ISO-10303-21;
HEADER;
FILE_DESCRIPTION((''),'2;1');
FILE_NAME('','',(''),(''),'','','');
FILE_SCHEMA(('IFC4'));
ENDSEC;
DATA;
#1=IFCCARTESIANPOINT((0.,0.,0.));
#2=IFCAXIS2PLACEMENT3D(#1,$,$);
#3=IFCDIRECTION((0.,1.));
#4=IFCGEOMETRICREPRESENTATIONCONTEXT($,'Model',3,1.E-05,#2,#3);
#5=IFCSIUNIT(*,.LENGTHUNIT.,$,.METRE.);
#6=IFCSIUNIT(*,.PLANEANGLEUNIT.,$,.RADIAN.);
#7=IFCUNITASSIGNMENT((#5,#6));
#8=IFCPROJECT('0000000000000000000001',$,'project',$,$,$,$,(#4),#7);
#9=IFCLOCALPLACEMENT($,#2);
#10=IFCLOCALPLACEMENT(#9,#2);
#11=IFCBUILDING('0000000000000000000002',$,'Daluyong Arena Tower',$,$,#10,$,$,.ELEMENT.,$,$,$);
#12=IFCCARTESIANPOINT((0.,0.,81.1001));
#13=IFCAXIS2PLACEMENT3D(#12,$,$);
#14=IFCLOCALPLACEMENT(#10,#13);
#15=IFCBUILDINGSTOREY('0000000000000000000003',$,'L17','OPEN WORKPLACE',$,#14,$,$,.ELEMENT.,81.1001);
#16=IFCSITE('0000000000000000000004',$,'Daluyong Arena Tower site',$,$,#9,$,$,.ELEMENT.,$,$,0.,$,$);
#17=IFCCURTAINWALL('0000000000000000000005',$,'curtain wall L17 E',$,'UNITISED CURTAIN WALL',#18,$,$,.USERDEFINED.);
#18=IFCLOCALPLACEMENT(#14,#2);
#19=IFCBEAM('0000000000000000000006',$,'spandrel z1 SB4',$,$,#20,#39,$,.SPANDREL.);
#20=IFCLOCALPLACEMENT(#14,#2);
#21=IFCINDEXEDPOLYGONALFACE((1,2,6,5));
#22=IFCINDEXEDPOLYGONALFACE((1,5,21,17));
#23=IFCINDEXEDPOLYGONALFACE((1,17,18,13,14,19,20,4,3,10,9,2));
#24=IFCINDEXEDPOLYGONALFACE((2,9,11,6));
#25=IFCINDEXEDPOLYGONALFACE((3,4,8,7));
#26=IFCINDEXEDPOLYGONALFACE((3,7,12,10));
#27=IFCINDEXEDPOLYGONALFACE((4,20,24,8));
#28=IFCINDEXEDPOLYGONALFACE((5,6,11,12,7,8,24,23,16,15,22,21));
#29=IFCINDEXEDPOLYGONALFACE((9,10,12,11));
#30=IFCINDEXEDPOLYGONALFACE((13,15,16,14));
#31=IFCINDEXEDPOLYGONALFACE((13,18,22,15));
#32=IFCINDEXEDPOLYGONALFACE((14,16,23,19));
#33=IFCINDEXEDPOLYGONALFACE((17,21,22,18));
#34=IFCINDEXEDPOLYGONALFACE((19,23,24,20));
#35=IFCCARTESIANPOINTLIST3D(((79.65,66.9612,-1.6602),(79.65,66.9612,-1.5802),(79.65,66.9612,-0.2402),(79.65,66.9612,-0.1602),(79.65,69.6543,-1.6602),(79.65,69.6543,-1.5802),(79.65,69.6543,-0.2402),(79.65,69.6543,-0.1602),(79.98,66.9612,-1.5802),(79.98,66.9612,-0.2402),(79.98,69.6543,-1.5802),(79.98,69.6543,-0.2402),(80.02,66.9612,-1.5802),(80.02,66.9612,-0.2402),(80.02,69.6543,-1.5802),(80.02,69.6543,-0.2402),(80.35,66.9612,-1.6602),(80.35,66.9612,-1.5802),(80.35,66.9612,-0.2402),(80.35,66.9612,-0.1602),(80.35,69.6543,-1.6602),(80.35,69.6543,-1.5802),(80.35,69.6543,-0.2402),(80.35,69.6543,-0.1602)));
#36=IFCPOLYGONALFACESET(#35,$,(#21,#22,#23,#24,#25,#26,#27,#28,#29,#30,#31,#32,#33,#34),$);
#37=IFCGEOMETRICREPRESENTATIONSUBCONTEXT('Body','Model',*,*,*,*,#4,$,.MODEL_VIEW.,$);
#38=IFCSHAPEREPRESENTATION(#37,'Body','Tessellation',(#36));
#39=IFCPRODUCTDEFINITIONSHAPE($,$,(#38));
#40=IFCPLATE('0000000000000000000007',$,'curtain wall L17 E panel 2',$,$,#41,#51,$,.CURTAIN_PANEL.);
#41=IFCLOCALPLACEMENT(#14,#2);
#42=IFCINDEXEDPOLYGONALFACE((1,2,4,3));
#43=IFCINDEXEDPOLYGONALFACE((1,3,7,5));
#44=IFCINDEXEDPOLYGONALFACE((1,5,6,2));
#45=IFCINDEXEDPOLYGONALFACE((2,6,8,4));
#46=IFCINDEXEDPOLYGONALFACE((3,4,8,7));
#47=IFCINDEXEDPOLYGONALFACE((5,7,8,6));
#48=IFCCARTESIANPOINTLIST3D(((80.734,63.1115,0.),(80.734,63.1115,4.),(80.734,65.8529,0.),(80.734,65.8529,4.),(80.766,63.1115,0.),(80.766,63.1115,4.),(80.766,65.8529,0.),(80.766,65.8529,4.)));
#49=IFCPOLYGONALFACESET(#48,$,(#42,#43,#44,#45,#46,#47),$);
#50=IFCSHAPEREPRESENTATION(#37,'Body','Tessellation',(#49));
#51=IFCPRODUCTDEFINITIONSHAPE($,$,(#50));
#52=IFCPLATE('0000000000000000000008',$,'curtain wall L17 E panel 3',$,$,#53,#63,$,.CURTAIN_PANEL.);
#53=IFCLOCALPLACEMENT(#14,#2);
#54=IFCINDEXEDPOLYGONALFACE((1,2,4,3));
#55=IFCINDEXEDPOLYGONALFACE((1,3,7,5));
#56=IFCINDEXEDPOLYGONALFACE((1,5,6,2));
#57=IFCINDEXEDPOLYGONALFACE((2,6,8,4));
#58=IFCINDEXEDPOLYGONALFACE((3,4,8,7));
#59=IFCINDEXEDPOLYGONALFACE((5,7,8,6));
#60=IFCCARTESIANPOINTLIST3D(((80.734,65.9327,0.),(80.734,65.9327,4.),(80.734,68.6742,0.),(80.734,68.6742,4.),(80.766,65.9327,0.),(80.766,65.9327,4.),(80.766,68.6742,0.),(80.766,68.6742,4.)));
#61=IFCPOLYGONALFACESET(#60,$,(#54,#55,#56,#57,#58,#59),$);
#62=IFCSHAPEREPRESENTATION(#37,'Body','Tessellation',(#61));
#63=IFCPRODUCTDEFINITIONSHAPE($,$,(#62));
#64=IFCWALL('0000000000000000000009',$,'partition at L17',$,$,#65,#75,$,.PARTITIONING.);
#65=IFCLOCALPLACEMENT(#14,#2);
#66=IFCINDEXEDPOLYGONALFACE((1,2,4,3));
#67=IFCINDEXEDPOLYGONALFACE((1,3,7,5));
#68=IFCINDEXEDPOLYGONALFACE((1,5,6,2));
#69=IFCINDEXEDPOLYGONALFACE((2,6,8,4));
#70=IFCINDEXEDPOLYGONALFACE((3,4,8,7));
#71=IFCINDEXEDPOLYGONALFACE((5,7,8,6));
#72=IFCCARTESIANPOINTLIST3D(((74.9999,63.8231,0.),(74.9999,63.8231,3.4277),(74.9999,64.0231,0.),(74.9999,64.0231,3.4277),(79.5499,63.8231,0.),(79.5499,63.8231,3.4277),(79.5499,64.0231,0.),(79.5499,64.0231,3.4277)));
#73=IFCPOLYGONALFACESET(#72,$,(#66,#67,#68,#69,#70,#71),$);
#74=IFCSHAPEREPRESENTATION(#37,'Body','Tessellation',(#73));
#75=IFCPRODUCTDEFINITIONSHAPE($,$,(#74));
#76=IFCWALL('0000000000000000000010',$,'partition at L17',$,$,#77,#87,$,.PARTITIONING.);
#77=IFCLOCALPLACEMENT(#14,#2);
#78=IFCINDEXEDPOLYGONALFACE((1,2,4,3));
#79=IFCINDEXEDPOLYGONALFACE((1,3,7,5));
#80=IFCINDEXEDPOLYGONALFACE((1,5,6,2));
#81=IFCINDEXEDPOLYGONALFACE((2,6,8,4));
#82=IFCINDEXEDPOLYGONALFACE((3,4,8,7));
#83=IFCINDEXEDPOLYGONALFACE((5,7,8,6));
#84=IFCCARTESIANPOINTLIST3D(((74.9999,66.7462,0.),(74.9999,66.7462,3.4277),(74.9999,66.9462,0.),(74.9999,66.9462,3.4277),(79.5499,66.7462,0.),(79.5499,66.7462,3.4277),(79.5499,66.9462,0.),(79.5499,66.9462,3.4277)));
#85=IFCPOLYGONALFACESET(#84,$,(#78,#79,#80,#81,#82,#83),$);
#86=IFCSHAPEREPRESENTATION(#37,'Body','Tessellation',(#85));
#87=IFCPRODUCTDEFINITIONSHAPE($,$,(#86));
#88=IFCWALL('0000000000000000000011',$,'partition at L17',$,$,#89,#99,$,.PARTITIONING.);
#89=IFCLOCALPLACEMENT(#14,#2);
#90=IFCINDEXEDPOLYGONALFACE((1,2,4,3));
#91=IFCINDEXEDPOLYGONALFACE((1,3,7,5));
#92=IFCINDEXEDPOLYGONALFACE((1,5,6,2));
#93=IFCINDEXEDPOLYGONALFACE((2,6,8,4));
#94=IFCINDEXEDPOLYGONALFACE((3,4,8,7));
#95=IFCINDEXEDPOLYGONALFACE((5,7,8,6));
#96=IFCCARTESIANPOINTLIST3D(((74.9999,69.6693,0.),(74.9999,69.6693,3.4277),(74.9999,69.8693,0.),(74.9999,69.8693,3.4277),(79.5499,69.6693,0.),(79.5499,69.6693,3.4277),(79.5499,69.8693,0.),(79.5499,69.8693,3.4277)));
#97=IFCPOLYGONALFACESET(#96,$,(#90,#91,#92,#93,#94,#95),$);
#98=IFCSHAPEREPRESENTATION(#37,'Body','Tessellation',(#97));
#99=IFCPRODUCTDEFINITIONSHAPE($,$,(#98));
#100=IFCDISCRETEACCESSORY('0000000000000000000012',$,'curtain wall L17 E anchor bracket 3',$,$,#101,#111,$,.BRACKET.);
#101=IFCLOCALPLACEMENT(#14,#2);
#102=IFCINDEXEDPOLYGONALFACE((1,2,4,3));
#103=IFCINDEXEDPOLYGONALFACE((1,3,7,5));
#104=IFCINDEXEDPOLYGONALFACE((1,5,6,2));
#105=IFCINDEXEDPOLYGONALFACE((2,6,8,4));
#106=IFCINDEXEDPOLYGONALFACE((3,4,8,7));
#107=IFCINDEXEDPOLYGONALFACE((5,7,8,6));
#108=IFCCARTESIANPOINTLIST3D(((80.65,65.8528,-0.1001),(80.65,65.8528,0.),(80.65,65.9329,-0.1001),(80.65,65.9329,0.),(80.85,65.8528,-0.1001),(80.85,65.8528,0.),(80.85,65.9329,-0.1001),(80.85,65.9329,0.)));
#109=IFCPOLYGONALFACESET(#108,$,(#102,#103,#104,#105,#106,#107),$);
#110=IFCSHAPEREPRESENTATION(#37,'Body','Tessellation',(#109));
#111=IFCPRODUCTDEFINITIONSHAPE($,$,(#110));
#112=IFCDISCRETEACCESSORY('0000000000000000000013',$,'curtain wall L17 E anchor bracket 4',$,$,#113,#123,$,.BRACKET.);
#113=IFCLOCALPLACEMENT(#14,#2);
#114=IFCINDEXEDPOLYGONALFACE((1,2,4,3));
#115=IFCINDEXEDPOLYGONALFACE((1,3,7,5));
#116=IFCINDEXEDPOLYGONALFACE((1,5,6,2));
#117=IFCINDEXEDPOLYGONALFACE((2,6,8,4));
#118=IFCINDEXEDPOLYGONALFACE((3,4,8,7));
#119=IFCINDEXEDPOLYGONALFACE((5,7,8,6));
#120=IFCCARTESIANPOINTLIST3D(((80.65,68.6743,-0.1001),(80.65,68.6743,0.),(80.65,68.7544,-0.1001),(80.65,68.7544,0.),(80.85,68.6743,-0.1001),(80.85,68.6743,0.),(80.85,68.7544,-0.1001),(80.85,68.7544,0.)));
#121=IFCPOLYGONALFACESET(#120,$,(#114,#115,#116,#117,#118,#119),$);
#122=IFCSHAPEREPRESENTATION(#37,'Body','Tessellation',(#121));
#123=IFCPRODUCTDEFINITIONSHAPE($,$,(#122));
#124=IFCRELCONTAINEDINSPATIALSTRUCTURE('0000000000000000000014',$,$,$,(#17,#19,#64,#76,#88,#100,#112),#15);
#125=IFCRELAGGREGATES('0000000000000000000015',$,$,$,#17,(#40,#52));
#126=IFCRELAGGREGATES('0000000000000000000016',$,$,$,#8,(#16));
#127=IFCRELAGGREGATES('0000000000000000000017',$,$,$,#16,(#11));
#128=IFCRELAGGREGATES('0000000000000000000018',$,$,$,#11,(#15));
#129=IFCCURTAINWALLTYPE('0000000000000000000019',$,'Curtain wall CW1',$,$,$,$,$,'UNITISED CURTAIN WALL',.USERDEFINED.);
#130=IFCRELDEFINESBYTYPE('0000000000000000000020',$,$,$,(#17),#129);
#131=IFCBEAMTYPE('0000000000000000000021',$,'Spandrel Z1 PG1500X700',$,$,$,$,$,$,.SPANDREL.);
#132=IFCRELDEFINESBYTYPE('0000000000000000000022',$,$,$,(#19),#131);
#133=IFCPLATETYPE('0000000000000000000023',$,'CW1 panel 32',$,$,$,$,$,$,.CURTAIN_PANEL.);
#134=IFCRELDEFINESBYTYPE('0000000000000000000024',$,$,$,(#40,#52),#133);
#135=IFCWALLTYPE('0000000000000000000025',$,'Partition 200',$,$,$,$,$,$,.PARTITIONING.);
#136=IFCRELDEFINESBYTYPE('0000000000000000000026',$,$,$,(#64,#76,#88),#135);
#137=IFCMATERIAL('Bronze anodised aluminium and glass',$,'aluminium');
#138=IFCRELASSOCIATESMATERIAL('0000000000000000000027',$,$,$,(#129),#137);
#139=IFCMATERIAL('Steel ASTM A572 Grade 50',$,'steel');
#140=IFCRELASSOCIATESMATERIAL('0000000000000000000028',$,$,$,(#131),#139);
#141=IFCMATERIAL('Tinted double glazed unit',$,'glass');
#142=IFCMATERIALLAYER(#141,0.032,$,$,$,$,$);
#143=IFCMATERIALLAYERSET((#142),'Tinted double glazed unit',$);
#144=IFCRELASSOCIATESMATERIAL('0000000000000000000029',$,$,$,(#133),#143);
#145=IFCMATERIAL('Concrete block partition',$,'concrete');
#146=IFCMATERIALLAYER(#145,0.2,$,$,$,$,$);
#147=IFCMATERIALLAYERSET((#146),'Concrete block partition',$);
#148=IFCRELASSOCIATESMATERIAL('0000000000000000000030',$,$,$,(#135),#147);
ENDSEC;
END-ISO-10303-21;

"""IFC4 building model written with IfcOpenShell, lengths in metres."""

from ifc_helpers import new_model, si_unit, direction, frame, frame_2d, origin, origin_2d, place, context, subcontext, project, spatial, rectangle, i_section, extrude, material, layer, layer_set, material_profile, profile_set, type_object, element, aggregate, save


model = new_model("IFC4")

# Units and contexts
model_context = context("Model", 3, precision=1e-05, world=origin(), true_north=direction((0.0, 1.0)))
body_context = subcontext(model_context, "Body", "Model", "MODEL_VIEW")
ifc_project = project(units=[si_unit("LENGTHUNIT", "METRE"), si_unit("PLANEANGLEUNIT", "RADIAN")], contexts=[model_context])

# Site, building, storey
site_placement = place(None, origin())
site = spatial("IfcSite", under=ifc_project, at=site_placement, Name="Daluyong Arena Tower site", CompositionType="ELEMENT", RefElevation=0.0)
building_placement = place(site_placement, origin())
building = spatial("IfcBuilding", under=site, at=building_placement, Name="Daluyong Arena Tower", CompositionType="ELEMENT")
storey_placement = place(building_placement, frame((0.0, 0.0, 81.1001)))
storey = spatial("IfcBuildingStorey", under=building, at=storey_placement, Name="L17", Description="OPEN WORKPLACE", CompositionType="ELEMENT", Elevation=81.1001)

# Curtain wall
ifc_material_1 = material(Name="Bronze anodised aluminium and glass", Category="aluminium")
curtain_wall_type = type_object("IfcCurtainWallType", Name="Curtain wall CW1", ElementType="UNITISED CURTAIN WALL", PredefinedType="USERDEFINED", material=ifc_material_1)
curtain_wall_placement = place(storey_placement, origin())
curtain_wall = element("IfcCurtainWall", 1, at=curtain_wall_placement, inside=storey, type_object=curtain_wall_type, Name="curtain wall L17 E", ObjectType="UNITISED CURTAIN WALL", PredefinedType="USERDEFINED")

# Beam
ifc_material_2 = material(Name="Steel ASTM A572 Grade 50", Category="steel")
ifc_material_profile_1 = material_profile(ifc_material_2, i_section(OverallWidth=0.7, OverallDepth=1.5, WebThickness=0.04, FlangeThickness=0.08, at=origin_2d()))
ifc_profile_set_1 = profile_set([ifc_material_profile_1], Name="Steel ASTM A572 Grade 50")
beam_type_1 = type_object("IfcBeamType", Name="Spandrel Z1 PG1500X700", PredefinedType="SPANDREL", material=ifc_profile_set_1)
for number, where, z_axis, x_axis, name in (
    (2, (80.0, 66.9612, -0.9102), (0.0, 1.0, 0.0), (-1.0, 0.0, 0.0), "spandrel z1 SB4"),
):
    element("IfcBeam", number, at=place(storey_placement, frame(where, z_axis=z_axis, x_axis=x_axis)), inside=storey, type_object=beam_type_1, Name=name, PredefinedType="SPANDREL", context=body_context, shape_type="SweptSolid", body=[
        extrude(i_section(OverallWidth=0.7, OverallDepth=1.5, WebThickness=0.04, FlangeThickness=0.08, at=origin_2d()), origin(), (0.0, 0.0, 1.0), 2.6931),
    ])

# Plates
ifc_material_3 = material(Name="Tinted double glazed unit", Category="glass")
ifc_layer_1 = layer(ifc_material_3, 0.032)
ifc_layer_set_1 = layer_set([ifc_layer_1], Name="Tinted double glazed unit")
plate_type = type_object("IfcPlateType", Name="CW1 panel 32", PredefinedType="CURTAIN_PANEL", material=ifc_layer_set_1)
plate_1_placement = place(storey_placement, frame((80.75, 64.4822, 0.0), z_axis=(0.0, 0.0, 1.0), x_axis=(0.0, 1.0, 0.0)))
plate_1 = element("IfcPlate", 3, at=plate_1_placement, type_object=plate_type, Name="curtain wall L17 E panel 2", PredefinedType="CURTAIN_PANEL", context=body_context, shape_type="SweptSolid", body=[
    extrude(rectangle(XDim=2.7415, YDim=0.032, at=origin_2d()), origin(), (0.0, 0.0, 1.0), 4.0),
])
plate_2_placement = place(storey_placement, frame((80.75, 67.3035, 0.0), z_axis=(0.0, 0.0, 1.0), x_axis=(0.0, 1.0, 0.0)))
plate_2 = element("IfcPlate", 4, at=plate_2_placement, type_object=plate_type, Name="curtain wall L17 E panel 3", PredefinedType="CURTAIN_PANEL", context=body_context, shape_type="SweptSolid", body=[
    extrude(rectangle(XDim=2.7415, YDim=0.032, at=origin_2d()), origin(), (0.0, 0.0, 1.0), 4.0),
])
aggregate(curtain_wall, [plate_1, plate_2])

# Walls
ifc_material_4 = material(Name="Concrete block partition", Category="concrete")
ifc_layer_2 = layer(ifc_material_4, 0.2)
ifc_layer_set_2 = layer_set([ifc_layer_2], Name="Concrete block partition")
wall_type_1 = type_object("IfcWallType", Name="Partition 200", PredefinedType="PARTITIONING", material=ifc_layer_set_2)
for number, where, z_axis, x_axis, name in (
    (5, (75.0, 63.9231, 0.0), (0.0, 0.0, 1.0), (1.0, 0.0, 0.0), "partition at L17"),
    (6, (75.0, 66.8462, 0.0), (0.0, 0.0, 1.0), (1.0, 0.0, 0.0), "partition at L17"),
    (7, (75.0, 69.7693, 0.0), (0.0, 0.0, 1.0), (1.0, 0.0, 0.0), "partition at L17"),
):
    element("IfcWall", number, at=place(storey_placement, frame(where, z_axis=z_axis, x_axis=x_axis)), inside=storey, type_object=wall_type_1, Name=name, PredefinedType="PARTITIONING", context=body_context, shape_type="SweptSolid", body=[
        extrude(rectangle(XDim=4.55, YDim=0.2, at=frame_2d((2.2749, 0.0))), origin(), (0.0, 0.0, 1.0), 3.4277),
    ])

# Discrete accessories
for number, where, z_axis, x_axis, name in (
    (8, (80.75, 65.8928, -0.1001), (0.0, 0.0, 1.0), (0.0, 1.0, 0.0), "curtain wall L17 E anchor bracket 3"),
    (9, (80.75, 68.7144, -0.1001), (0.0, 0.0, 1.0), (0.0, 1.0, 0.0), "curtain wall L17 E anchor bracket 4"),
):
    element("IfcDiscreteAccessory", number, at=place(storey_placement, frame(where, z_axis=z_axis, x_axis=x_axis)), inside=storey, Name=name, PredefinedType="BRACKET", context=body_context, shape_type="SweptSolid", body=[
        extrude(rectangle(XDim=0.0801, YDim=0.2, at=origin_2d()), origin(), (0.0, 0.0, 1.0), 0.1001),
    ])

save(model, "model.ifc")
